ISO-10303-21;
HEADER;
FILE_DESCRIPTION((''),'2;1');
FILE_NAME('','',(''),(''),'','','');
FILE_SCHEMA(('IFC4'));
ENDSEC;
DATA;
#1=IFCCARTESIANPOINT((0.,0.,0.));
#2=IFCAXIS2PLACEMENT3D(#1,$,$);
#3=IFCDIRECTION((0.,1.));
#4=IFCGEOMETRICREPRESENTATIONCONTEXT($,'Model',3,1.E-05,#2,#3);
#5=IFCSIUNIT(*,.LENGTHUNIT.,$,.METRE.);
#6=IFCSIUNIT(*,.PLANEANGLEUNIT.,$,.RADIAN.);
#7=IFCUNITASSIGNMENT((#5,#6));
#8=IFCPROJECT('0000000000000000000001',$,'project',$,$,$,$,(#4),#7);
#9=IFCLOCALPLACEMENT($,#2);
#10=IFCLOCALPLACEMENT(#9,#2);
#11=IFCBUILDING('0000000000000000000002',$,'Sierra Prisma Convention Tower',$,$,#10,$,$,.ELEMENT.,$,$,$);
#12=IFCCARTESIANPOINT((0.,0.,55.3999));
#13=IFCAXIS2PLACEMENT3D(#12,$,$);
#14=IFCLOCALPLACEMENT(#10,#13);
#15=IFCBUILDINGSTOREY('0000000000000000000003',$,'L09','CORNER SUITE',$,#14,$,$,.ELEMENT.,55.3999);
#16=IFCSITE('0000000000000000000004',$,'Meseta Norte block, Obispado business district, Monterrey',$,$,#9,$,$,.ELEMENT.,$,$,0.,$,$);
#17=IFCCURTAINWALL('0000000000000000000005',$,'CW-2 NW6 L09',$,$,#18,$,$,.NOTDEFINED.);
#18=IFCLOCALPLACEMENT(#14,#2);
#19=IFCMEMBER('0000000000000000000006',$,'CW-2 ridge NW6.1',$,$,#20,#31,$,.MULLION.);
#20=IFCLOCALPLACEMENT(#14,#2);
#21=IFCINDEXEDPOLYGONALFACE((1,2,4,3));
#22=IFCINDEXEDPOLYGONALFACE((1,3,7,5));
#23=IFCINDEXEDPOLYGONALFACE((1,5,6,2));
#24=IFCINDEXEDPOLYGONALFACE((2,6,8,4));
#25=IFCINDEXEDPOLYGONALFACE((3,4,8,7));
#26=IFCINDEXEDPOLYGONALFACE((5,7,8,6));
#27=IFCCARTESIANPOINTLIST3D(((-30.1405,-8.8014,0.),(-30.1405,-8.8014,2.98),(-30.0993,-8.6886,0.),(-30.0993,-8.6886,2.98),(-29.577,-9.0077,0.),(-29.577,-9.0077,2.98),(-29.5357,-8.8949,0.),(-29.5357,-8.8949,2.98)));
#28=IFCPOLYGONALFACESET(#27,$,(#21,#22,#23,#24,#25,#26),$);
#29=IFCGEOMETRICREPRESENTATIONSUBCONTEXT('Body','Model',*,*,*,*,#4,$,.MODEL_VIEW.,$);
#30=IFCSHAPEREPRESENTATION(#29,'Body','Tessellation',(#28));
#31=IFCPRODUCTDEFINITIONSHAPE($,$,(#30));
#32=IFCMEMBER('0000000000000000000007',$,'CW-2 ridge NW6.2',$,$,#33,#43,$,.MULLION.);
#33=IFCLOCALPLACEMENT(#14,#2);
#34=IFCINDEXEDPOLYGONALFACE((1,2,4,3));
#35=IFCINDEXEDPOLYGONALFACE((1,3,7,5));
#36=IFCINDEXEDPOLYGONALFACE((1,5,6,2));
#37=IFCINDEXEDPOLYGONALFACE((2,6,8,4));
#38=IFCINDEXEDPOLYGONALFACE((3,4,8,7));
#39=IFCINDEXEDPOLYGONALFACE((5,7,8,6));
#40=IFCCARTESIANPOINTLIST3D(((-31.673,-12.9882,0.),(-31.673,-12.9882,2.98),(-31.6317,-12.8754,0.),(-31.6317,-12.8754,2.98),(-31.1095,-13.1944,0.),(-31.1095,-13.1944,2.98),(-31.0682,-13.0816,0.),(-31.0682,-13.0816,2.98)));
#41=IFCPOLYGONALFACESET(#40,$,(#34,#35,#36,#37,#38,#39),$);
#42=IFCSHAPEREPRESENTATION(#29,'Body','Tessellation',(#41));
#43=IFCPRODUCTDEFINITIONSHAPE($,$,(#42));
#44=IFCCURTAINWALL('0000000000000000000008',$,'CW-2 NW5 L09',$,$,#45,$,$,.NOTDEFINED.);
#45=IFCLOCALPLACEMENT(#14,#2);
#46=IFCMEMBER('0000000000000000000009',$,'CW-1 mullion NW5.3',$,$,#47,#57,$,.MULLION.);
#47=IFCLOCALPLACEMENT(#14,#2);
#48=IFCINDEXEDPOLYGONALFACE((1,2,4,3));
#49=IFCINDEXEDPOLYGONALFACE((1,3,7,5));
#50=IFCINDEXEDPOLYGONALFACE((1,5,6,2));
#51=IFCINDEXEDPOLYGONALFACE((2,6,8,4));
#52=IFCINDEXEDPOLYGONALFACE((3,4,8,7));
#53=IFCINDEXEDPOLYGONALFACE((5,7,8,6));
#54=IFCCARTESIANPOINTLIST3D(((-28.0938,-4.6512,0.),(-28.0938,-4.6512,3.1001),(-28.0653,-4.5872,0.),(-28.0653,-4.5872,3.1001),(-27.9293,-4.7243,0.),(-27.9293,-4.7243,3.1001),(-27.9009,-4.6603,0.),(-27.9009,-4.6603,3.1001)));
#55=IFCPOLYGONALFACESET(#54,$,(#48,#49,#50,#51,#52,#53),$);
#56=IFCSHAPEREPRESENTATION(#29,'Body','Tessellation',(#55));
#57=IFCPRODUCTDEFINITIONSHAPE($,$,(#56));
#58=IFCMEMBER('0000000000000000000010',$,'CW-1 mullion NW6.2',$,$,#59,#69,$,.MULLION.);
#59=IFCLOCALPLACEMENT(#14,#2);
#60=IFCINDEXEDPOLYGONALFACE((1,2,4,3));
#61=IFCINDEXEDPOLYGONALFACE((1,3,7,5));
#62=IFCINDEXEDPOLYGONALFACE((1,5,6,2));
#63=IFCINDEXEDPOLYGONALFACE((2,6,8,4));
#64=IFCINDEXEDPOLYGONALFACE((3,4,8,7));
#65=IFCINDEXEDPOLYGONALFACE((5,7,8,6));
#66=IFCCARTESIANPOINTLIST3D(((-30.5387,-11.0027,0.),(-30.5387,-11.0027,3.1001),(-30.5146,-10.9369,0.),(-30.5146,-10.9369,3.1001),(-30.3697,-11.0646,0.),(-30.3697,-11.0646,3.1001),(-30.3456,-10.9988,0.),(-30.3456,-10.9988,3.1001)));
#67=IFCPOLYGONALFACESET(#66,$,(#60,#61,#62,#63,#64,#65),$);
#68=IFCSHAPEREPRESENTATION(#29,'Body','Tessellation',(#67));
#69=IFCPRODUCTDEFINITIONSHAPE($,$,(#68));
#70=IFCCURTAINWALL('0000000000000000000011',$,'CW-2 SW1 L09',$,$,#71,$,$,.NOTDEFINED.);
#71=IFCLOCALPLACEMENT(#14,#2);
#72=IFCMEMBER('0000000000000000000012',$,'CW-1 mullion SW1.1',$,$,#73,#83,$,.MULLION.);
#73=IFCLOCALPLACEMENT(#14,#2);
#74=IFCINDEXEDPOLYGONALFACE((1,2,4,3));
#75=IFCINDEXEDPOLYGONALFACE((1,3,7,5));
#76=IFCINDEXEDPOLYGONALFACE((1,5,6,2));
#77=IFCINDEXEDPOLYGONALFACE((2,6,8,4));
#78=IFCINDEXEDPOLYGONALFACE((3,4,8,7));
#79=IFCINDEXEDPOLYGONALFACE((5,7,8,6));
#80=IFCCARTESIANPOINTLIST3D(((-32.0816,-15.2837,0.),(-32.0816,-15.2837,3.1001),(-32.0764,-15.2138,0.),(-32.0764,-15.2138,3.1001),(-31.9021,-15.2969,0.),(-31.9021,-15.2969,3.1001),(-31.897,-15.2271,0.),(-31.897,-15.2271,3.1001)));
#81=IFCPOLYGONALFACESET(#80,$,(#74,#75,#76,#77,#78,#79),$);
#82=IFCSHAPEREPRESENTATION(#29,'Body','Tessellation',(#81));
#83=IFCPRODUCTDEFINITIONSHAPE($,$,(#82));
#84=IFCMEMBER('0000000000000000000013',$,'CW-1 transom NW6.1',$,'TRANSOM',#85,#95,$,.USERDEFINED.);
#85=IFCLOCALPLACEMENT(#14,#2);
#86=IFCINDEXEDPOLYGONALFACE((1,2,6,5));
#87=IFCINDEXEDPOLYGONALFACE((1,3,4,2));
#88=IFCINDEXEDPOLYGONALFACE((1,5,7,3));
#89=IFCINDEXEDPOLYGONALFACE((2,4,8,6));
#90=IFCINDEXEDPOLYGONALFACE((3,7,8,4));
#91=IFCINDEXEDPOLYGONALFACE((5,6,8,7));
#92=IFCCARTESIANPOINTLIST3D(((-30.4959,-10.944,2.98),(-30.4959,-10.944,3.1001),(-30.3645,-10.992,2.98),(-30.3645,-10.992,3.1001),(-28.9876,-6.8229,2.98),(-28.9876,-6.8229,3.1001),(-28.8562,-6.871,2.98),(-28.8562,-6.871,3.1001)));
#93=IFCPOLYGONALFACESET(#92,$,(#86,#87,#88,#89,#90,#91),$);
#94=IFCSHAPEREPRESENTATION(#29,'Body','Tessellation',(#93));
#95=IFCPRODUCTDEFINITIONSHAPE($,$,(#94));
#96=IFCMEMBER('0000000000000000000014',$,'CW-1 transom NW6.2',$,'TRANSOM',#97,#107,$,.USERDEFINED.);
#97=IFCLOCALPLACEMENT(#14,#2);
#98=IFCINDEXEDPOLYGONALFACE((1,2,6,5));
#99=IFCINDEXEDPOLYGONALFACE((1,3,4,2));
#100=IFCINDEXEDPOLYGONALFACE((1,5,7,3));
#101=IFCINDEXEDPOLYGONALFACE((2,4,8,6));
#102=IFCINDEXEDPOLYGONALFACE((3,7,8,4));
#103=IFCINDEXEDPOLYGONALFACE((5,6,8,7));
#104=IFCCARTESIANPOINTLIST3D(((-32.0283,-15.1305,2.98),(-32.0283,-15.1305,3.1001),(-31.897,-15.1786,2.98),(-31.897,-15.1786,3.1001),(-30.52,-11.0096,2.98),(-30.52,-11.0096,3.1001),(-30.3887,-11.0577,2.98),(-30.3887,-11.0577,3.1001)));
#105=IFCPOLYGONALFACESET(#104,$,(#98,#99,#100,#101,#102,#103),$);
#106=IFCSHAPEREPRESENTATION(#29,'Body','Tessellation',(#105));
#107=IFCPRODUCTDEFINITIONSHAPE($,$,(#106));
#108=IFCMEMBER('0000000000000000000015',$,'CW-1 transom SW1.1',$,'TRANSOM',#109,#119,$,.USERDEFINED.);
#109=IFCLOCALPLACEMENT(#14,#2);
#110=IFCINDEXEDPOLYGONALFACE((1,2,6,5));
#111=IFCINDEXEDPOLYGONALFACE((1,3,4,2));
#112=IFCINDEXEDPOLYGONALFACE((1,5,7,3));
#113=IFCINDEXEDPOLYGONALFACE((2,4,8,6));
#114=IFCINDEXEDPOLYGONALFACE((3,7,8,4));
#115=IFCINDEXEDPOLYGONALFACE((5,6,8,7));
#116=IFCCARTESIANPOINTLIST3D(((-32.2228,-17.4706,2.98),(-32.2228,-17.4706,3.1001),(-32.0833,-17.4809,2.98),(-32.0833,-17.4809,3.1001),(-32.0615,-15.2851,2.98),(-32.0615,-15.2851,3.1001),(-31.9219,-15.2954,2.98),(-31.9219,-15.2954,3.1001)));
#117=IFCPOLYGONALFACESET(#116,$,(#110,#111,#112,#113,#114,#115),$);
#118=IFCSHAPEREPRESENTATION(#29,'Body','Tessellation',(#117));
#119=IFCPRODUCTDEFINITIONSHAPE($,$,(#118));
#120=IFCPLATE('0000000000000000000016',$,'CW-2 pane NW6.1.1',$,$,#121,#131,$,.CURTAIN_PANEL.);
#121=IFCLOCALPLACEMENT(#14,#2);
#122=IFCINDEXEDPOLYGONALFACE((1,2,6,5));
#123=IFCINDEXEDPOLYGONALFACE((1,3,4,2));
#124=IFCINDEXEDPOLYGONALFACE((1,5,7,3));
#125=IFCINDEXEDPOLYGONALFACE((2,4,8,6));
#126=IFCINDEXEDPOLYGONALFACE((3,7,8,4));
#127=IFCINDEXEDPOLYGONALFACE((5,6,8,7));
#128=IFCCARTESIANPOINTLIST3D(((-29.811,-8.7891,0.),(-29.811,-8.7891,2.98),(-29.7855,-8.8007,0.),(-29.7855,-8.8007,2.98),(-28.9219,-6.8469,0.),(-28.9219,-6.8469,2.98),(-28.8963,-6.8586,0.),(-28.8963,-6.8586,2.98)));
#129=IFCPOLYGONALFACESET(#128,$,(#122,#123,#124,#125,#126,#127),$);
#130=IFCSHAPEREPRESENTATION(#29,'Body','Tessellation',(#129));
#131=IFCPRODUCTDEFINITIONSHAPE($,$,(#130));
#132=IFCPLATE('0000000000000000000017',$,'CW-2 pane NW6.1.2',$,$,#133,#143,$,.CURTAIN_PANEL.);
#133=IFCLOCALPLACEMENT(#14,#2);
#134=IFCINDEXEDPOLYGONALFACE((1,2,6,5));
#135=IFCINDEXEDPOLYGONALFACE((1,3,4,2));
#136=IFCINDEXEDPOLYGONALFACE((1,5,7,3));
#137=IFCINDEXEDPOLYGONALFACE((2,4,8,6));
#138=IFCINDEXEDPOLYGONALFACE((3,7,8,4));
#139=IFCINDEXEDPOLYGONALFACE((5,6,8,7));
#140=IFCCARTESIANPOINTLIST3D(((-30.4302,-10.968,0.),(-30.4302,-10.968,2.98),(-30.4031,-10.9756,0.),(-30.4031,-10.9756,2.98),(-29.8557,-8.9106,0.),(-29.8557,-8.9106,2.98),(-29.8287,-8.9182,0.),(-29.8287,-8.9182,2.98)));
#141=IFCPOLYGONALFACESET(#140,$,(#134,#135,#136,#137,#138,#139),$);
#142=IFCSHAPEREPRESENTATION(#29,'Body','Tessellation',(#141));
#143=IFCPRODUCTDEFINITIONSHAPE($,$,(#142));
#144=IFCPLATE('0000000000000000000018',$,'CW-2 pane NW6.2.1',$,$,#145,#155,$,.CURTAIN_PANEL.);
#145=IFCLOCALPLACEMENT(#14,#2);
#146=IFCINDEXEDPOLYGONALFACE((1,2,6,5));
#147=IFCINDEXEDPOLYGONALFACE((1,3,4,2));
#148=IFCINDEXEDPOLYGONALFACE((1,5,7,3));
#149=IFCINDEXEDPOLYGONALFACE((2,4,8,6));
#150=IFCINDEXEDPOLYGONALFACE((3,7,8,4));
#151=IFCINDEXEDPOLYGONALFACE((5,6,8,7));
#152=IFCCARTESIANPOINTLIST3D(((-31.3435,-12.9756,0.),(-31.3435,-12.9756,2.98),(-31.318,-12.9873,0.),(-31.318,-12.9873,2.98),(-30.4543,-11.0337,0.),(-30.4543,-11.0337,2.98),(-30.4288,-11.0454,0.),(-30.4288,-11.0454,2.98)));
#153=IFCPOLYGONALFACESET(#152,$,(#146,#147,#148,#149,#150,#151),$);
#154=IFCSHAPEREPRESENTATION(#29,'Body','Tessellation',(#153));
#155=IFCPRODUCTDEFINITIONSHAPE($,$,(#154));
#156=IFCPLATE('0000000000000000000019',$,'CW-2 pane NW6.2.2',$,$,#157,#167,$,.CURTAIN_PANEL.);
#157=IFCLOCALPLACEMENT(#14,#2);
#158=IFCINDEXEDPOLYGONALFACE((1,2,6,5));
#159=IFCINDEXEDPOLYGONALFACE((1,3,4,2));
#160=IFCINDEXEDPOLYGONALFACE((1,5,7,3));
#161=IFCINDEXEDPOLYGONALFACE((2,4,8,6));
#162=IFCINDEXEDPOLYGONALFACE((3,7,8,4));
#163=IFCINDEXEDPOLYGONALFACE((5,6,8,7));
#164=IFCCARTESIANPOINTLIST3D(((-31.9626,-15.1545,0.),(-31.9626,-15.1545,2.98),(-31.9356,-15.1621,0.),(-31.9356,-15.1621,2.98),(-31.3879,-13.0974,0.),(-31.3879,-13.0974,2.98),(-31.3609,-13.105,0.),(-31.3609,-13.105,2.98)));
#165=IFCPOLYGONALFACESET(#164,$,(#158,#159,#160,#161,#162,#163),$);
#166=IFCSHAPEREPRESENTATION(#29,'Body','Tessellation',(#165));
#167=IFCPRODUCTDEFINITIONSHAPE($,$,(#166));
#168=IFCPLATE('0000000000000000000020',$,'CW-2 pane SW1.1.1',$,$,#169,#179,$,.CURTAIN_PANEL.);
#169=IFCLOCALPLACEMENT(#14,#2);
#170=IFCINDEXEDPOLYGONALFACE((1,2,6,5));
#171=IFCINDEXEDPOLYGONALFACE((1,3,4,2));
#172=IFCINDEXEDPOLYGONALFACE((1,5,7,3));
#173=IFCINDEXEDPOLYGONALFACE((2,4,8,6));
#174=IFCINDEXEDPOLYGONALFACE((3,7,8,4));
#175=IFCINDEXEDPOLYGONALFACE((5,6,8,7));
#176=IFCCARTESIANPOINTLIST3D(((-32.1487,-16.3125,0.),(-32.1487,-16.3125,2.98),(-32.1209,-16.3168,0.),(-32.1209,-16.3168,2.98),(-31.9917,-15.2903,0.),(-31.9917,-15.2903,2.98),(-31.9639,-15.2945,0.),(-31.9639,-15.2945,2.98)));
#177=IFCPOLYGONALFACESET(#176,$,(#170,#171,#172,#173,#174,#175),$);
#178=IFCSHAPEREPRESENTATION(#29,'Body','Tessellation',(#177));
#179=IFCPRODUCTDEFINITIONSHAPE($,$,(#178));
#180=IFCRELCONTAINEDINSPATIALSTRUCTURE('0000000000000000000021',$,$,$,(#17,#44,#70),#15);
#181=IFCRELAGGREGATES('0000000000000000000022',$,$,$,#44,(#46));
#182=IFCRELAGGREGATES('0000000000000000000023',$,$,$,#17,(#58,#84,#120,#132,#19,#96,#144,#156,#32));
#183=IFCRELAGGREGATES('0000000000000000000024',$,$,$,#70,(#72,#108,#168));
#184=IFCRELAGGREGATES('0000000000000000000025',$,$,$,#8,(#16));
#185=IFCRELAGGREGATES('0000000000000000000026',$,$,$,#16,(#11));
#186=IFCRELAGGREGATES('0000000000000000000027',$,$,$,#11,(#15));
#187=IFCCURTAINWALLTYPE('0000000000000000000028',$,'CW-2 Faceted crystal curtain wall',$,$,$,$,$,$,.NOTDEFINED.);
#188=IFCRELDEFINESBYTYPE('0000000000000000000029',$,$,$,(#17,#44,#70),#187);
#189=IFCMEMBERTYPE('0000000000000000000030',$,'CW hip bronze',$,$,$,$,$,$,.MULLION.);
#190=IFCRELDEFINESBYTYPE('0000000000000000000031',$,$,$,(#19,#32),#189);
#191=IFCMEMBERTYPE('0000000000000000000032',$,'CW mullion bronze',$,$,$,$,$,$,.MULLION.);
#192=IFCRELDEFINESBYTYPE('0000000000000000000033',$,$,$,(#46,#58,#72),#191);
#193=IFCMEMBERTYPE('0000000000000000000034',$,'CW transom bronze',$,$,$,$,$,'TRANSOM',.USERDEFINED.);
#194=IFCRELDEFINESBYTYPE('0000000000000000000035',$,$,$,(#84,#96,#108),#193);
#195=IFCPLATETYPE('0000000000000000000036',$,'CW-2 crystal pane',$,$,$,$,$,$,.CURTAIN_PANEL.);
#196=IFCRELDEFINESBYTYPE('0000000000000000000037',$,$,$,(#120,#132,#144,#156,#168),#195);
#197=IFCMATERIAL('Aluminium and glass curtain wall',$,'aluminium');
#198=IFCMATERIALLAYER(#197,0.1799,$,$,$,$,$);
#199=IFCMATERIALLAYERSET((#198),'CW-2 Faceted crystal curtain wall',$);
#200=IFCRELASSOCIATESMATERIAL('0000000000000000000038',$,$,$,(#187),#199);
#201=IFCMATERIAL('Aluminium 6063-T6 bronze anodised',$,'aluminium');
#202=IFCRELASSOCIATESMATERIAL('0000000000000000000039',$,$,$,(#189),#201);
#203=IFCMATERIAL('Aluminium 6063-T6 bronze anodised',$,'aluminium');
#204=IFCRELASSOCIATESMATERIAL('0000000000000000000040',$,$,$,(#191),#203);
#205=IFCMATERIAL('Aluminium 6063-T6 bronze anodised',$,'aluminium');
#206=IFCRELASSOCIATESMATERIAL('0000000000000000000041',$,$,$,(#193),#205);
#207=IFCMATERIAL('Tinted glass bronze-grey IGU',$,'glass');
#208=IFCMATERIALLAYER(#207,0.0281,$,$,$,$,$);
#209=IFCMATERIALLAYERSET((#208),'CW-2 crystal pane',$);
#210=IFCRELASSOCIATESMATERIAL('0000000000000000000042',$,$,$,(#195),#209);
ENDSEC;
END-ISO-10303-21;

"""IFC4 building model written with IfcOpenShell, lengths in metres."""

from ifc_helpers import new_model, si_unit, direction, frame, origin, origin_2d, place, context, subcontext, project, spatial, polyline, rectangle, outline, extrude, material, layer, layer_set, material_profile, profile_set, type_object, element, aggregate, save


model = new_model("IFC4")

# Units and contexts
model_context = context("Model", 3, precision=1e-05, world=origin(), true_north=direction((0.0, 1.0)))
body_context = subcontext(model_context, "Body", "Model", "MODEL_VIEW")
ifc_project = project(units=[si_unit("LENGTHUNIT", "METRE"), si_unit("PLANEANGLEUNIT", "RADIAN")], contexts=[model_context])

# Site, building, storey
site_placement = place(None, origin())
site = spatial("IfcSite", under=ifc_project, at=site_placement, Name="Meseta Norte block, Obispado business district, Monterrey", CompositionType="ELEMENT", RefElevation=0.0)
building_placement = place(site_placement, origin())
building = spatial("IfcBuilding", under=site, at=building_placement, Name="Sierra Prisma Convention Tower", CompositionType="ELEMENT")
storey_placement = place(building_placement, frame((0.0, 0.0, 55.3999)))
storey = spatial("IfcBuildingStorey", under=building, at=storey_placement, Name="L09", Description="CORNER SUITE", CompositionType="ELEMENT", Elevation=55.3999)

# Curtain wall, members
ifc_material_1 = material(Name="Aluminium and glass curtain wall", Category="aluminium")
ifc_layer_1 = layer(ifc_material_1, 0.1799)
ifc_layer_set_1 = layer_set([ifc_layer_1], Name="CW-2 Faceted crystal curtain wall")
curtain_wall_type = type_object("IfcCurtainWallType", Name="CW-2 Faceted crystal curtain wall", PredefinedType="NOTDEFINED", material=ifc_layer_set_1)
curtain_wall_1_placement = place(storey_placement, origin())
curtain_wall_1 = element("IfcCurtainWall", 1, at=curtain_wall_1_placement, inside=storey, type_object=curtain_wall_type, Name="CW-2 NW6 L09", PredefinedType="NOTDEFINED")
ifc_material_2 = material(Name="Aluminium 6063-T6 bronze anodised", Category="aluminium")
ifc_material_profile_1 = material_profile(ifc_material_2, rectangle(XDim=0.1201, YDim=0.6001, at=origin_2d()), Name="ALU RIDGE BLADE 120x600")
ifc_profile_set_1 = profile_set([ifc_material_profile_1], Name="Aluminium 6063-T6 bronze anodised")
member_type_1 = type_object("IfcMemberType", Name="CW hip bronze", PredefinedType="MULLION", material=ifc_profile_set_1)
member_1_placement = place(storey_placement, frame((-29.8381, -8.8481, 0.0), z_axis=(0.0, 0.0, 1.0), x_axis=(-0.343706, -0.939077, 0.0)))
member_1 = element("IfcMember", 2, at=member_1_placement, type_object=member_type_1, Name="CW-2 ridge NW6.1", PredefinedType="MULLION", context=body_context, shape_type="SweptSolid", body=[
    extrude(rectangle(XDim=0.1201, YDim=0.6001, at=origin_2d()), origin(), (0.0, 0.0, 1.0), 2.98),
])
member_2_placement = place(storey_placement, frame((-31.3706, -13.0349, 0.0), z_axis=(0.0, 0.0, 1.0), x_axis=(-0.343706, -0.939077, 0.0)))
member_2 = element("IfcMember", 3, at=member_2_placement, type_object=member_type_1, Name="CW-2 ridge NW6.2", PredefinedType="MULLION", context=body_context, shape_type="SweptSolid", body=[
    extrude(rectangle(XDim=0.1201, YDim=0.6001, at=origin_2d()), origin(), (0.0, 0.0, 1.0), 2.98),
])

# Curtain wall, member
curtain_wall_2_placement = place(storey_placement, origin())
curtain_wall_2 = element("IfcCurtainWall", 4, at=curtain_wall_2_placement, inside=storey, type_object=curtain_wall_type, Name="CW-2 NW5 L09", PredefinedType="NOTDEFINED")
ifc_material_3 = material(Name="Aluminium 6063-T6 bronze anodised", Category="aluminium")
ifc_material_profile_2 = material_profile(ifc_material_3, rectangle(XDim=0.1799, YDim=0.0701, at=origin_2d()), Name="ALU MULLION 70x180")
ifc_profile_set_2 = profile_set([ifc_material_profile_2], Name="Aluminium 6063-T6 bronze anodised")
member_type_2 = type_object("IfcMemberType", Name="CW mullion bronze", PredefinedType="MULLION", material=ifc_profile_set_2)
member_3_placement = place(storey_placement, frame((-27.9973, -4.6558, 0.0), z_axis=(0.0, 0.0, 1.0), x_axis=(0.913813, -0.406136, 0.0)))
member_3 = element("IfcMember", 5, at=member_3_placement, type_object=member_type_2, Name="CW-1 mullion NW5.3", PredefinedType="MULLION", context=body_context, shape_type="SweptSolid", body=[
    extrude(rectangle(XDim=0.1799, YDim=0.0701, at=origin_2d()), origin(), (0.0, 0.0, 1.0), 3.1001),
])
aggregate(curtain_wall_2, [member_3])

# Member
member_4_placement = place(storey_placement, frame((-30.4421, -11.0007, 0.0), z_axis=(0.0, 0.0, 1.0), x_axis=(0.939077, -0.343706, 0.0)))
member_4 = element("IfcMember", 6, at=member_4_placement, type_object=member_type_2, Name="CW-1 mullion NW6.2", PredefinedType="MULLION", context=body_context, shape_type="SweptSolid", body=[
    extrude(rectangle(XDim=0.1799, YDim=0.0701, at=origin_2d()), origin(), (0.0, 0.0, 1.0), 3.1001),
])

# Curtain wall, member
curtain_wall_3_placement = place(storey_placement, origin())
curtain_wall_3 = element("IfcCurtainWall", 7, at=curtain_wall_3_placement, inside=storey, type_object=curtain_wall_type, Name="CW-2 SW1 L09", PredefinedType="NOTDEFINED")
member_5_placement = place(storey_placement, frame((-31.9893, -15.2554, 0.0), z_axis=(0.0, 0.0, 1.0), x_axis=(0.997285, -0.073634, 0.0)))
member_5 = element("IfcMember", 8, at=member_5_placement, type_object=member_type_2, Name="CW-1 mullion SW1.1", PredefinedType="MULLION", context=body_context, shape_type="SweptSolid", body=[
    extrude(rectangle(XDim=0.1799, YDim=0.0701, at=origin_2d()), origin(), (0.0, 0.0, 1.0), 3.1001),
])

# Members
ifc_material_4 = material(Name="Aluminium 6063-T6 bronze anodised", Category="aluminium")
ifc_material_profile_3 = material_profile(ifc_material_4, rectangle(XDim=0.1399, YDim=0.1201, at=origin_2d()), Name="ALU TRANSOM 120x140")
ifc_profile_set_3 = profile_set([ifc_material_profile_3], Name="Aluminium 6063-T6 bronze anodised")
member_type_3 = type_object("IfcMemberType", Name="CW transom bronze", ElementType="TRANSOM", PredefinedType="USERDEFINED", material=ifc_profile_set_3)
member_6_placement = place(storey_placement, frame((-28.9219, -6.8469, 3.04), z_axis=(-0.343699, -0.93908, 0.0), x_axis=(0.93908, -0.343699, 0.0)))
member_6 = element("IfcMember", 9, at=member_6_placement, type_object=member_type_3, Name="CW-1 transom NW6.1", ObjectType="TRANSOM", PredefinedType="USERDEFINED", context=body_context, shape_type="SweptSolid", body=[
    extrude(rectangle(XDim=0.1399, YDim=0.1201, at=origin_2d()), origin(), (0.0, 0.0, 1.0), 4.3884),
])
member_7_placement = place(storey_placement, frame((-30.4543, -11.0337, 3.04), z_axis=(-0.343717, -0.939073, 0.0), x_axis=(0.939073, -0.343717, 0.0)))
member_7 = element("IfcMember", 10, at=member_7_placement, type_object=member_type_3, Name="CW-1 transom NW6.2", ObjectType="TRANSOM", PredefinedType="USERDEFINED", context=body_context, shape_type="SweptSolid", body=[
    extrude(rectangle(XDim=0.1399, YDim=0.1201, at=origin_2d()), origin(), (0.0, 0.0, 1.0), 4.3882),
])
member_8_placement = place(storey_placement, frame((-31.9917, -15.2903, 3.04), z_axis=(-0.073638, -0.997285, 0.0), x_axis=(0.997285, -0.073638, 0.0)))
member_8 = element("IfcMember", 11, at=member_8_placement, type_object=member_type_3, Name="CW-1 transom SW1.1", ObjectType="TRANSOM", PredefinedType="USERDEFINED", context=body_context, shape_type="SweptSolid", body=[
    extrude(rectangle(XDim=0.1399, YDim=0.1201, at=origin_2d()), origin(), (0.0, 0.0, 1.0), 2.1914),
])

# Plates
ifc_material_5 = material(Name="Tinted glass bronze-grey IGU", Category="glass")
ifc_layer_2 = layer(ifc_material_5, 0.0281)
ifc_layer_set_2 = layer_set([ifc_layer_2], Name="CW-2 crystal pane")
plate_type = type_object("IfcPlateType", Name="CW-2 crystal pane", PredefinedType="CURTAIN_PANEL", material=ifc_layer_set_2)
plate_1_placement = place(storey_placement, frame((-28.9219, -6.8469, 0.0), z_axis=(-0.90924, 0.416273, 0.0), x_axis=(-0.416273, -0.90924, 0.0)))
plate_1 = element("IfcPlate", 12, at=plate_1_placement, type_object=plate_type, Name="CW-2 pane NW6.1.1", PredefinedType="CURTAIN_PANEL", context=body_context, shape_type="SweptSolid", body=[
    extrude(outline(polyline([(0.0, 0.0), (2.136, 0.0), (2.136, 2.98), (0.0, 2.98), (0.0, 0.0)])), origin(), (0.0, 0.0, -1.0), 0.0281),
])
plate_2_placement = place(storey_placement, frame((-30.4302, -10.968, 0.0), z_axis=(-0.963158, 0.268935, 0.0), x_axis=(0.268935, 0.963158, 0.0)))
plate_2 = element("IfcPlate", 13, at=plate_2_placement, type_object=plate_type, Name="CW-2 pane NW6.1.2", PredefinedType="CURTAIN_PANEL", context=body_context, shape_type="SweptSolid", body=[
    extrude(outline(polyline([(0.0, 0.0), (2.1361, 0.0), (2.1361, -2.98), (0.0, -2.98), (0.0, 0.0)])), origin(), (0.0, 0.0, -1.0), 0.0281),
])
plate_3_placement = place(storey_placement, frame((-30.4543, -11.0337, 0.0), z_axis=(-0.90922, 0.416316, 0.0), x_axis=(-0.416316, -0.90922, 0.0)))
plate_3 = element("IfcPlate", 14, at=plate_3_placement, type_object=plate_type, Name="CW-2 pane NW6.2.1", PredefinedType="CURTAIN_PANEL", context=body_context, shape_type="SweptSolid", body=[
    extrude(outline(polyline([(0.0, 0.0), (2.1358, 0.0), (2.1358, 2.98), (0.0, 2.98), (0.0, 0.0)])), origin(), (0.0, 0.0, -1.0), 0.0281),
])
plate_4_placement = place(storey_placement, frame((-31.9626, -15.1545, 0.0), z_axis=(-0.963121, 0.26907, 0.0), x_axis=(0.26907, 0.963121, 0.0)))
plate_4 = element("IfcPlate", 15, at=plate_4_placement, type_object=plate_type, Name="CW-2 pane NW6.2.2", PredefinedType="CURTAIN_PANEL", context=body_context, shape_type="SweptSolid", body=[
    extrude(outline(polyline([(0.0, 0.0), (2.1359, 0.0), (2.1359, -2.98), (0.0, -2.98), (0.0, 0.0)])), origin(), (0.0, 0.0, -1.0), 0.0281),
])
aggregate(curtain_wall_1, [member_4, member_6, plate_1, plate_2, member_1, member_7, plate_3, plate_4, member_2])
plate_5_placement = place(storey_placement, frame((-31.9917, -15.2903, 0.0), z_axis=(-0.988413, 0.151791, 0.0), x_axis=(-0.151791, -0.988413, 0.0)))
plate_5 = element("IfcPlate", 16, at=plate_5_placement, type_object=plate_type, Name="CW-2 pane SW1.1.1", PredefinedType="CURTAIN_PANEL", context=body_context, shape_type="SweptSolid", body=[
    extrude(outline(polyline([(0.0, 0.0), (1.0342, 0.0), (1.0342, 2.98), (0.0, 2.98), (0.0, 0.0)])), origin(), (0.0, 0.0, -1.0), 0.0281),
])
aggregate(curtain_wall_3, [member_5, member_8, plate_5])

save(model, "model.ifc")
